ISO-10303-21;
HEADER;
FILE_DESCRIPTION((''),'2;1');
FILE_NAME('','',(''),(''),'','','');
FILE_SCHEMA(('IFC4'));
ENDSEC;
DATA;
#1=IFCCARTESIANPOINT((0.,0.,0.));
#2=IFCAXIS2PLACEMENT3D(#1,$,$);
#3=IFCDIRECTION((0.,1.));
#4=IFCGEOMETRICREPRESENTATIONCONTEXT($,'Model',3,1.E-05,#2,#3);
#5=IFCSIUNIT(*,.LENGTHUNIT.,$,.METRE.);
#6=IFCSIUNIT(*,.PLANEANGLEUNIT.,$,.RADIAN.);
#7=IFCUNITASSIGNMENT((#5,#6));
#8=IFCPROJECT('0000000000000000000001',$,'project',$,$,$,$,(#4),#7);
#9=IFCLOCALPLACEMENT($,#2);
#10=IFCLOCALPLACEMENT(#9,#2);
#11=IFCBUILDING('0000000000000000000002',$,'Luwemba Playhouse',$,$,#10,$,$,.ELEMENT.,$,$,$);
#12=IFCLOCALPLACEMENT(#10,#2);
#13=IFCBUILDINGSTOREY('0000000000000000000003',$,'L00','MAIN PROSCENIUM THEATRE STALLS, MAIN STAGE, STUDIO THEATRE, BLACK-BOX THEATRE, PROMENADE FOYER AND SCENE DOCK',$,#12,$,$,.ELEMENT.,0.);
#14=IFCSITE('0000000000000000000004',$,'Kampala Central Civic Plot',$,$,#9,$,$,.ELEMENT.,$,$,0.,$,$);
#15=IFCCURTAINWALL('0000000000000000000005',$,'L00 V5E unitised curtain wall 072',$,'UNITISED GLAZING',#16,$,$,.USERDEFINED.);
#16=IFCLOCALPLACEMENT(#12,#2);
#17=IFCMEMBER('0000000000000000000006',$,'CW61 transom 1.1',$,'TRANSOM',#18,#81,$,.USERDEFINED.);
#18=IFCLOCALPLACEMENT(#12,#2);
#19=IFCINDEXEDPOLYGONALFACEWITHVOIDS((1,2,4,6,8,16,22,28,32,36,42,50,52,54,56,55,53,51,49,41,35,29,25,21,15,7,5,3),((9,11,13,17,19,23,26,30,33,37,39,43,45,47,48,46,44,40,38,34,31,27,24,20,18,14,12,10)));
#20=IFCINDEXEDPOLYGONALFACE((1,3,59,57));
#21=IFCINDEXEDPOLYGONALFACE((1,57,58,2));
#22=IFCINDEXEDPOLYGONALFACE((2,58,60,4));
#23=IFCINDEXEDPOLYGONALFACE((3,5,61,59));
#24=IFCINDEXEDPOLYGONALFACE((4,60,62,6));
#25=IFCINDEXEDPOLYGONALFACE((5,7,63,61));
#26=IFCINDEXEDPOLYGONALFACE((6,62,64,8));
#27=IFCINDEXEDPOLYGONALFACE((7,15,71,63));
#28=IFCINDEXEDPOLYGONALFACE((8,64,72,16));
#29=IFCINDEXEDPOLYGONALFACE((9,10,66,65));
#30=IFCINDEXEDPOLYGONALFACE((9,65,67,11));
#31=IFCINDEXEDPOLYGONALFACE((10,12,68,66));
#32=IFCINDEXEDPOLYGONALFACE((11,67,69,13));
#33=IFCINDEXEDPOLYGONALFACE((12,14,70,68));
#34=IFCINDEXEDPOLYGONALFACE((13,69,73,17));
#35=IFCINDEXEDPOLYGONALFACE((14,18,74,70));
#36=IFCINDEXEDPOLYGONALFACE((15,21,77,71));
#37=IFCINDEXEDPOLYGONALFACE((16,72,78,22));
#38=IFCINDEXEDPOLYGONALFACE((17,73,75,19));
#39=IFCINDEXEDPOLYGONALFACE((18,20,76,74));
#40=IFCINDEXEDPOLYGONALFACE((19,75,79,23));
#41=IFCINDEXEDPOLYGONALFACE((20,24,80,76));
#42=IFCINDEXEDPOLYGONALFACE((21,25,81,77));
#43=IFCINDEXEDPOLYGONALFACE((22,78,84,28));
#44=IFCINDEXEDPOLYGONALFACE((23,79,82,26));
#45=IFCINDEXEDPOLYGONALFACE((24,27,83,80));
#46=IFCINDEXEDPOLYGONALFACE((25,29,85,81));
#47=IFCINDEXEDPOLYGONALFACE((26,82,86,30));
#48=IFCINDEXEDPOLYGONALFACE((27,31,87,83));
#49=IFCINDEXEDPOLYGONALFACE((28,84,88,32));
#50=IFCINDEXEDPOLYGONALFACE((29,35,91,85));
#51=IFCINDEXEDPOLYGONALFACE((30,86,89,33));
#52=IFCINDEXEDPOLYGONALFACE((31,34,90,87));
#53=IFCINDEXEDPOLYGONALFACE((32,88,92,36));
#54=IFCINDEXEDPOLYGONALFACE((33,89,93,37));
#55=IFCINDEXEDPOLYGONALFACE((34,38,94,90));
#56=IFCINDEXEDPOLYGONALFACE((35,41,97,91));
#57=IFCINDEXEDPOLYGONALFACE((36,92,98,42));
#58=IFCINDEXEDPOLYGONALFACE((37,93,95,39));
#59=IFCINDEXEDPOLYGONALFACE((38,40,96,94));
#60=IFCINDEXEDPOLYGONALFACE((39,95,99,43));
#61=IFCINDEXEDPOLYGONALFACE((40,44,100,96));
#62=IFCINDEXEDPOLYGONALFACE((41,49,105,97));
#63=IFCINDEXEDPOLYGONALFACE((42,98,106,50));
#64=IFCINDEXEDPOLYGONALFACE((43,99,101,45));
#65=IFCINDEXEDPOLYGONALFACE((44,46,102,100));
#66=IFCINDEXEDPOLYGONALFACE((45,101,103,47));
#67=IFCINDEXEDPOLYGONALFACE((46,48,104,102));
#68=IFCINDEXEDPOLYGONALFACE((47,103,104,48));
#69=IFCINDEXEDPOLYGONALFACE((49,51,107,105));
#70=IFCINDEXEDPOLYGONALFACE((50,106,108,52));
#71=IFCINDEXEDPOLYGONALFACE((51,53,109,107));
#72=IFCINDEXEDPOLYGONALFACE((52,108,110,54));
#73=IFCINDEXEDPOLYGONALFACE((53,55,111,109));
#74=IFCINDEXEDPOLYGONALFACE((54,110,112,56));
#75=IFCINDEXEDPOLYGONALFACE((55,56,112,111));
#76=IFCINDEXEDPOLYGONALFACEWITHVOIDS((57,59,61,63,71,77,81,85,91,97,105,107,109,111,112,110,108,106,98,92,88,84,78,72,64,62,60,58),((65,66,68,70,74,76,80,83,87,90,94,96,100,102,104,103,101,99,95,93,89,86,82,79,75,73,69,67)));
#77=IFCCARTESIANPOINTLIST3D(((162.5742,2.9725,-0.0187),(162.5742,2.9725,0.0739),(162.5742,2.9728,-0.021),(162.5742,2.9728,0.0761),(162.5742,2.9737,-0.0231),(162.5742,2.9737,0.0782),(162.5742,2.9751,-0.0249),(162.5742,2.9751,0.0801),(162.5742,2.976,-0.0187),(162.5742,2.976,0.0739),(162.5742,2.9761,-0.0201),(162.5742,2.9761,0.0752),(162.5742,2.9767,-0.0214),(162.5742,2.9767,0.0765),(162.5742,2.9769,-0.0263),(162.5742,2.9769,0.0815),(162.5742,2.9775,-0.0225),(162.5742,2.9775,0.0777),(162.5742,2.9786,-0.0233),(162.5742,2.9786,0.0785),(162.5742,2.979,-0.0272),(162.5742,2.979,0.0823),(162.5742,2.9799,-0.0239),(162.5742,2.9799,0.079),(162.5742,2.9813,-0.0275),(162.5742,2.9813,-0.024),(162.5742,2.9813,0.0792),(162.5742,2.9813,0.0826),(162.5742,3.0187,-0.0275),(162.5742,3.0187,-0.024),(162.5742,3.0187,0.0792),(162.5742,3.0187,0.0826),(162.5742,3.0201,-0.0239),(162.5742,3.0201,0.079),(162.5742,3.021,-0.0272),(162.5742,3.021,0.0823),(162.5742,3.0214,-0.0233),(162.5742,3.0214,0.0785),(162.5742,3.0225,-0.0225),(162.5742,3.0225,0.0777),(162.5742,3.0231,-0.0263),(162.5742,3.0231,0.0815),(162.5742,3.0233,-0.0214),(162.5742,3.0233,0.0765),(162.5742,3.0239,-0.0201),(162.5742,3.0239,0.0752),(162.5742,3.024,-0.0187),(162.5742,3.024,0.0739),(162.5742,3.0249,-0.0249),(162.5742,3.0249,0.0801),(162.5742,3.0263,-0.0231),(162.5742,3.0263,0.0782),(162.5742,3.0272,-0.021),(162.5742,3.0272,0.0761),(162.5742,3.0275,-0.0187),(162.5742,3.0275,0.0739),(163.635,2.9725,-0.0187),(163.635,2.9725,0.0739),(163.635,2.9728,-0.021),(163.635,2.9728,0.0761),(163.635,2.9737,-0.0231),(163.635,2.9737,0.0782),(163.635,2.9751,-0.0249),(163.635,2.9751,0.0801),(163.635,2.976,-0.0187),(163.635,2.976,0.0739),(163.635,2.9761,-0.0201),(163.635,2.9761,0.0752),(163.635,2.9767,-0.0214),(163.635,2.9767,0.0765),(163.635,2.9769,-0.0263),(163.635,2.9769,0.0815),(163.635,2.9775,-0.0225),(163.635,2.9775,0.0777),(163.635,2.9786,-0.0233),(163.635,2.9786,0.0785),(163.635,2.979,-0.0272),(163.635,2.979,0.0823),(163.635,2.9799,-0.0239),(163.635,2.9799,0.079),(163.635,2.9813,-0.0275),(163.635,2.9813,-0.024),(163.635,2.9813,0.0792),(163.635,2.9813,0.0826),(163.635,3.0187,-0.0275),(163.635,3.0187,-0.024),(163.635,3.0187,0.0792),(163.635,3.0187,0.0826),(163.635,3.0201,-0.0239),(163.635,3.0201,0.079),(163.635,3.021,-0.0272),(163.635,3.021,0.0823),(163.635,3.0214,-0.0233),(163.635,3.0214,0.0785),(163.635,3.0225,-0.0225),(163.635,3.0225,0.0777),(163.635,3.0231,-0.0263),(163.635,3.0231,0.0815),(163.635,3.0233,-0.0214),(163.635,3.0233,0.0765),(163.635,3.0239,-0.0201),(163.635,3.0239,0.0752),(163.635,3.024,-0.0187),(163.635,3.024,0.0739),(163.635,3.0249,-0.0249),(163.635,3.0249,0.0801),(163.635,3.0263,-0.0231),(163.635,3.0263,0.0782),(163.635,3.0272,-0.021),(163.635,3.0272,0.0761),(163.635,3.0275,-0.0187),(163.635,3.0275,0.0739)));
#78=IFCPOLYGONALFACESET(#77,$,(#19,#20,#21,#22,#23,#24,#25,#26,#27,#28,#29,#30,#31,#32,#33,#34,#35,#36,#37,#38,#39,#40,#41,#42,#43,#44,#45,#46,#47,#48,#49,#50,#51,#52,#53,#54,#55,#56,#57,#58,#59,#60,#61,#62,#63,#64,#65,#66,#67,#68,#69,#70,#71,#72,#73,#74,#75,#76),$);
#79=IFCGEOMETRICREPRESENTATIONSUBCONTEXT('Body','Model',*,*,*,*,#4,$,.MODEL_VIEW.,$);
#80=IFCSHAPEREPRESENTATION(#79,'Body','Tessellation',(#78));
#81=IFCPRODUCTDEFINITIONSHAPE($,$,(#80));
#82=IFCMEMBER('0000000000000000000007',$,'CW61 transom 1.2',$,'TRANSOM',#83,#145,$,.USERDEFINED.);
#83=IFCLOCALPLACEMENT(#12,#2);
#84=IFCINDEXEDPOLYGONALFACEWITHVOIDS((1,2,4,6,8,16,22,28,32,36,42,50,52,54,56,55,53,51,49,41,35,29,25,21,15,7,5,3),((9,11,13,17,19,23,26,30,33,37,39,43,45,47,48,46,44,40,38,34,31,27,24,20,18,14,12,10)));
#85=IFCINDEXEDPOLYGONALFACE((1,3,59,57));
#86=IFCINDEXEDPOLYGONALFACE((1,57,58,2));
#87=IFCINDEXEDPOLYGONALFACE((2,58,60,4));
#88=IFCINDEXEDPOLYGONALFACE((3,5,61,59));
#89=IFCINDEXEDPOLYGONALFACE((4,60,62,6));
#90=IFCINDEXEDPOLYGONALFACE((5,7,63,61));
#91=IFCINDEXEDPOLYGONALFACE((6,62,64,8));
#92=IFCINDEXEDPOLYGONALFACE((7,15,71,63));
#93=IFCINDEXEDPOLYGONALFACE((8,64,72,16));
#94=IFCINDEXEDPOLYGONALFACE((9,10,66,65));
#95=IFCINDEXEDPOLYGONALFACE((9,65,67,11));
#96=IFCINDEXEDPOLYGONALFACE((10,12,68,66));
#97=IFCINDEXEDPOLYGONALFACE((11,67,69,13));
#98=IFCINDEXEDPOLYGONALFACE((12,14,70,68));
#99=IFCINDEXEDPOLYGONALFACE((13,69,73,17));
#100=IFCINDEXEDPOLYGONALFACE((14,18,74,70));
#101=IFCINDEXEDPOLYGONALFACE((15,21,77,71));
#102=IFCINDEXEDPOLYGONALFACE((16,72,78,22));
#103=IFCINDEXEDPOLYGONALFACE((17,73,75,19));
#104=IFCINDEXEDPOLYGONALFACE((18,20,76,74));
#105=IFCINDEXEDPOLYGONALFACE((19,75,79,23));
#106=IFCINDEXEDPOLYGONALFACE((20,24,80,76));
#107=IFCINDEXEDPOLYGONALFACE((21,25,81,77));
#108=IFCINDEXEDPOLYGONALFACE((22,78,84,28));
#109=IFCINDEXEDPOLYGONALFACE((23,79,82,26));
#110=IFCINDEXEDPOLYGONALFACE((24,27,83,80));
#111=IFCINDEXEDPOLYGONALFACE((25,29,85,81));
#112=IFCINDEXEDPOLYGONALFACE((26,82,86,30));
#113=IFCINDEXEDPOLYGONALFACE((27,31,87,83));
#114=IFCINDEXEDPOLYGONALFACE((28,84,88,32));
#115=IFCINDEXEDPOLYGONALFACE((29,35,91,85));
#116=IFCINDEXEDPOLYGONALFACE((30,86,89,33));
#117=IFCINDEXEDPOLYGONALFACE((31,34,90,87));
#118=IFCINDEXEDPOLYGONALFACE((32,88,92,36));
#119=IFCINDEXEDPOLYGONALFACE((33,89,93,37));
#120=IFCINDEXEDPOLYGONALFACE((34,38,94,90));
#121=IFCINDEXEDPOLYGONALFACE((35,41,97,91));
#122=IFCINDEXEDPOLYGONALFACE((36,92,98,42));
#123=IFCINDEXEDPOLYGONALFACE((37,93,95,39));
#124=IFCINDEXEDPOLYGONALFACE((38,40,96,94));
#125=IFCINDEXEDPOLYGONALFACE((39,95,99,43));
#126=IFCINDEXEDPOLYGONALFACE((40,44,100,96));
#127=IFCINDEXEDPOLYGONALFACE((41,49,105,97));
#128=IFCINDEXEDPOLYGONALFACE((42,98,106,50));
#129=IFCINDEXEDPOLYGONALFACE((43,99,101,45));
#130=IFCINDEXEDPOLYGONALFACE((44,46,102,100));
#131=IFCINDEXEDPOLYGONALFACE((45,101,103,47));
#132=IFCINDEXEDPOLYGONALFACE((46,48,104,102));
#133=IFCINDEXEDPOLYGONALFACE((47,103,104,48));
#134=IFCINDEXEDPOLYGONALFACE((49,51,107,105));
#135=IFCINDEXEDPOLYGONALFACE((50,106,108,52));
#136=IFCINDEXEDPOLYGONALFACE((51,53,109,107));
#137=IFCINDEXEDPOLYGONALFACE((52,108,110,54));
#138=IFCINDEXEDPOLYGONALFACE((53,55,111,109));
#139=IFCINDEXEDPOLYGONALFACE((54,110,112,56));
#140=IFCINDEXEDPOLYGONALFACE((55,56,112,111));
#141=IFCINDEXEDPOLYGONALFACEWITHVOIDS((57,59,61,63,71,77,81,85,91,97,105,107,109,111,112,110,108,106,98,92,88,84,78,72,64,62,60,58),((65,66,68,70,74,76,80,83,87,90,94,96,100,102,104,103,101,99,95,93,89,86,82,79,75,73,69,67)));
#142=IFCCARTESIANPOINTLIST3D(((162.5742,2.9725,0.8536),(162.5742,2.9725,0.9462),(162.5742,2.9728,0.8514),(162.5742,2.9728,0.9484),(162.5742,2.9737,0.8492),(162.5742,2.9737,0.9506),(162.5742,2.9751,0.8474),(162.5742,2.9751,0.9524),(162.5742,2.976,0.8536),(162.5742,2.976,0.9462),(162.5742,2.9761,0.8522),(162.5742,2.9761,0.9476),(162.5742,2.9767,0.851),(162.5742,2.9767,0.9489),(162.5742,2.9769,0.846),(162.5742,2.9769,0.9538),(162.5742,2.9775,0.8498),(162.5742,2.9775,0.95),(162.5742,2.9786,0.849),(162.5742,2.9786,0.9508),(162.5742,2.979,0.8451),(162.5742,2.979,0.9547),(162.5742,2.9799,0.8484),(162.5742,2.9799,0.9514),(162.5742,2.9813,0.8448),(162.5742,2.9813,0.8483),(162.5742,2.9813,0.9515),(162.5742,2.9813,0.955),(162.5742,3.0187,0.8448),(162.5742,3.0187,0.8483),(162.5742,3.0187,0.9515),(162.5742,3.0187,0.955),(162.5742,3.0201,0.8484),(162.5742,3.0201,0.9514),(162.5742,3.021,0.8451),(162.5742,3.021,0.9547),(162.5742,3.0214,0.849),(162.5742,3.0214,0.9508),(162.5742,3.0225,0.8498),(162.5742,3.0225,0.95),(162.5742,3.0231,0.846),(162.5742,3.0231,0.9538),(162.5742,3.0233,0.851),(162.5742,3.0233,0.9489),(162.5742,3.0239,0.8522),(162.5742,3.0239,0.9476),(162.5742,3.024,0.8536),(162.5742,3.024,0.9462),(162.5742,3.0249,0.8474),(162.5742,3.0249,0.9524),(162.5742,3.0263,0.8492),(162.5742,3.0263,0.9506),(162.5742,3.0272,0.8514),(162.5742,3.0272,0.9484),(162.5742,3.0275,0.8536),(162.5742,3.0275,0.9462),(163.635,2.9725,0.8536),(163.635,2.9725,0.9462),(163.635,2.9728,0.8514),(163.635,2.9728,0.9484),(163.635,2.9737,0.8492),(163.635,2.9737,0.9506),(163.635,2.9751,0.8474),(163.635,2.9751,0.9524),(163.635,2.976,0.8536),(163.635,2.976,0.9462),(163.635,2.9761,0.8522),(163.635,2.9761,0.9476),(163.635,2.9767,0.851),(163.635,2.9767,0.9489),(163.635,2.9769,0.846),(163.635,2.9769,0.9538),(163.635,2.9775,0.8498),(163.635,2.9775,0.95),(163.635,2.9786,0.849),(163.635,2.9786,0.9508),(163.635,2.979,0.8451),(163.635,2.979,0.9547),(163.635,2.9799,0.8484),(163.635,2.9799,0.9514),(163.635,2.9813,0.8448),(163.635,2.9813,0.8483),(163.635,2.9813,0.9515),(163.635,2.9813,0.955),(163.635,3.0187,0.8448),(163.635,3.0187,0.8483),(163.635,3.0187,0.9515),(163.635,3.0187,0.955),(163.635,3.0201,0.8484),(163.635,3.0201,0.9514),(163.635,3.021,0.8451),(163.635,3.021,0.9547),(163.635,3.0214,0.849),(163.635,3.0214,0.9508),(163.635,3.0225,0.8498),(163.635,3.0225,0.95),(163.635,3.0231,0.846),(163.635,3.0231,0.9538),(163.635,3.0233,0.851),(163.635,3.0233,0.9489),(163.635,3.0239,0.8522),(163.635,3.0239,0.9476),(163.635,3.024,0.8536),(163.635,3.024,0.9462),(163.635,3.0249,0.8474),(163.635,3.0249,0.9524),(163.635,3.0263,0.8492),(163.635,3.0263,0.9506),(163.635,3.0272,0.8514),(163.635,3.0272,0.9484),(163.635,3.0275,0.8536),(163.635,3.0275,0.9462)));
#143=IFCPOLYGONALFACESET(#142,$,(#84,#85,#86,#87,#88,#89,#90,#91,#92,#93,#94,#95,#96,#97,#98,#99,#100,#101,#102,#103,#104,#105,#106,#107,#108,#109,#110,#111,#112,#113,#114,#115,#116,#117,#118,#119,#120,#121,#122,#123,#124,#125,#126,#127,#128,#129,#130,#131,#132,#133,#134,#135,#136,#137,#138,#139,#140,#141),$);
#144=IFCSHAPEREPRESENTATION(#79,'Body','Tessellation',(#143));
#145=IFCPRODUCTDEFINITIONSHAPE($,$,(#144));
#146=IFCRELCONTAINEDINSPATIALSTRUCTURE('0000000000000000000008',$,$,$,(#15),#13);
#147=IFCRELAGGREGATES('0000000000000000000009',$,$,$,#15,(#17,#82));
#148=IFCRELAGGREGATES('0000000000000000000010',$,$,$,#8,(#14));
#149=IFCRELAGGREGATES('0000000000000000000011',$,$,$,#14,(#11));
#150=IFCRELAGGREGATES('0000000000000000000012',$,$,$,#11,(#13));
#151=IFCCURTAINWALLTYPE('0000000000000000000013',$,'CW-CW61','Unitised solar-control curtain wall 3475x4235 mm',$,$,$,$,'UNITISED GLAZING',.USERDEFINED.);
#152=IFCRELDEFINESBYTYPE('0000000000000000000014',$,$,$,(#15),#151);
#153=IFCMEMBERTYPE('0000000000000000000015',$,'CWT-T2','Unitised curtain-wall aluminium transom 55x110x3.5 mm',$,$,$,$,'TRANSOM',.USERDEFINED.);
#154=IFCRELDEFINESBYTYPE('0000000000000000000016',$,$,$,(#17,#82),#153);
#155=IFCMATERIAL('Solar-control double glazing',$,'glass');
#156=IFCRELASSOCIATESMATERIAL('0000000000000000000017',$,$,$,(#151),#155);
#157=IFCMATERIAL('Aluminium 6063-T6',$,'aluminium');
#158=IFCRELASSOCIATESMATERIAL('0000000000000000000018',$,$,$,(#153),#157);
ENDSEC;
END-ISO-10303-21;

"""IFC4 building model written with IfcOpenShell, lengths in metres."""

from ifc_helpers import new_model, si_unit, direction, frame, origin, origin_2d, place, context, subcontext, project, spatial, hollow_rectangle, extrude, material, material_profile, profile_set, type_object, element, aggregate, save


model = new_model("IFC4")

# Units and contexts
model_context = context("Model", 3, precision=1e-05, world=origin(), true_north=direction((0.0, 1.0)))
body_context = subcontext(model_context, "Body", "Model", "MODEL_VIEW")
ifc_project = project(units=[si_unit("LENGTHUNIT", "METRE"), si_unit("PLANEANGLEUNIT", "RADIAN")], contexts=[model_context])

# Site, building, storey
site_placement = place(None, origin())
site = spatial("IfcSite", under=ifc_project, at=site_placement, Name="Kampala Central Civic Plot", CompositionType="ELEMENT", RefElevation=0.0)
building_placement = place(site_placement, origin())
building = spatial("IfcBuilding", under=site, at=building_placement, Name="Luwemba Playhouse", CompositionType="ELEMENT")
storey_placement = place(building_placement, origin())
storey = spatial("IfcBuildingStorey", under=building, at=storey_placement, Name="L00", Description="MAIN PROSCENIUM THEATRE STALLS, MAIN STAGE, STUDIO THEATRE, BLACK-BOX THEATRE, PROMENADE FOYER AND SCENE DOCK", CompositionType="ELEMENT", Elevation=0.0)

# Curtain wall, members
ifc_material_1 = material(Name="Solar-control double glazing", Category="glass")
curtain_wall_type = type_object("IfcCurtainWallType", Name="CW-CW61", Description="Unitised solar-control curtain wall 3475x4235 mm", ElementType="UNITISED GLAZING", PredefinedType="USERDEFINED", material=ifc_material_1)
curtain_wall_placement = place(storey_placement, origin())
curtain_wall = element("IfcCurtainWall", 1, at=curtain_wall_placement, inside=storey, type_object=curtain_wall_type, Name="L00 V5E unitised curtain wall 072", ObjectType="UNITISED GLAZING", PredefinedType="USERDEFINED")
ifc_material_2 = material(Name="Aluminium 6063-T6", Category="aluminium")
ifc_material_profile_1 = material_profile(ifc_material_2, hollow_rectangle(XDim=0.0549, YDim=0.1101, WallThickness=0.0034, InnerFilletRadius=0.0054, OuterFilletRadius=0.0088, at=origin_2d()))
ifc_profile_set_1 = profile_set([ifc_material_profile_1], Name="Aluminium 6063-T6")
member_type_1 = type_object("IfcMemberType", Name="CWT-T2", Description="Unitised curtain-wall aluminium transom 55x110x3.5 mm", ElementType="TRANSOM", PredefinedType="USERDEFINED", material=ifc_profile_set_1)
member_1_placement = place(storey_placement, frame((163.635, 3.0, 0.0276), z_axis=(-1.0, 0.0, 0.0), x_axis=(0.0, -1.0, 0.0)))
member_1 = element("IfcMember", 2, at=member_1_placement, type_object=member_type_1, Name="CW61 transom 1.1", ObjectType="TRANSOM", PredefinedType="USERDEFINED", context=body_context, shape_type="SweptSolid", body=[
    extrude(hollow_rectangle(XDim=0.0549, YDim=0.1101, WallThickness=0.0034, InnerFilletRadius=0.0054, OuterFilletRadius=0.0088, at=origin_2d()), origin(), (0.0, 0.0, 1.0), 1.0608),
])
member_2_placement = place(storey_placement, frame((163.635, 3.0, 0.8999), z_axis=(-1.0, 0.0, 0.0), x_axis=(0.0, -1.0, 0.0)))
member_2 = element("IfcMember", 3, at=member_2_placement, type_object=member_type_1, Name="CW61 transom 1.2", ObjectType="TRANSOM", PredefinedType="USERDEFINED", context=body_context, shape_type="SweptSolid", body=[
    extrude(hollow_rectangle(XDim=0.0549, YDim=0.1101, WallThickness=0.0034, InnerFilletRadius=0.0054, OuterFilletRadius=0.0088, at=origin_2d()), origin(), (0.0, 0.0, 1.0), 1.0608),
])
aggregate(curtain_wall, [member_1, member_2])

save(model, "model.ifc")
